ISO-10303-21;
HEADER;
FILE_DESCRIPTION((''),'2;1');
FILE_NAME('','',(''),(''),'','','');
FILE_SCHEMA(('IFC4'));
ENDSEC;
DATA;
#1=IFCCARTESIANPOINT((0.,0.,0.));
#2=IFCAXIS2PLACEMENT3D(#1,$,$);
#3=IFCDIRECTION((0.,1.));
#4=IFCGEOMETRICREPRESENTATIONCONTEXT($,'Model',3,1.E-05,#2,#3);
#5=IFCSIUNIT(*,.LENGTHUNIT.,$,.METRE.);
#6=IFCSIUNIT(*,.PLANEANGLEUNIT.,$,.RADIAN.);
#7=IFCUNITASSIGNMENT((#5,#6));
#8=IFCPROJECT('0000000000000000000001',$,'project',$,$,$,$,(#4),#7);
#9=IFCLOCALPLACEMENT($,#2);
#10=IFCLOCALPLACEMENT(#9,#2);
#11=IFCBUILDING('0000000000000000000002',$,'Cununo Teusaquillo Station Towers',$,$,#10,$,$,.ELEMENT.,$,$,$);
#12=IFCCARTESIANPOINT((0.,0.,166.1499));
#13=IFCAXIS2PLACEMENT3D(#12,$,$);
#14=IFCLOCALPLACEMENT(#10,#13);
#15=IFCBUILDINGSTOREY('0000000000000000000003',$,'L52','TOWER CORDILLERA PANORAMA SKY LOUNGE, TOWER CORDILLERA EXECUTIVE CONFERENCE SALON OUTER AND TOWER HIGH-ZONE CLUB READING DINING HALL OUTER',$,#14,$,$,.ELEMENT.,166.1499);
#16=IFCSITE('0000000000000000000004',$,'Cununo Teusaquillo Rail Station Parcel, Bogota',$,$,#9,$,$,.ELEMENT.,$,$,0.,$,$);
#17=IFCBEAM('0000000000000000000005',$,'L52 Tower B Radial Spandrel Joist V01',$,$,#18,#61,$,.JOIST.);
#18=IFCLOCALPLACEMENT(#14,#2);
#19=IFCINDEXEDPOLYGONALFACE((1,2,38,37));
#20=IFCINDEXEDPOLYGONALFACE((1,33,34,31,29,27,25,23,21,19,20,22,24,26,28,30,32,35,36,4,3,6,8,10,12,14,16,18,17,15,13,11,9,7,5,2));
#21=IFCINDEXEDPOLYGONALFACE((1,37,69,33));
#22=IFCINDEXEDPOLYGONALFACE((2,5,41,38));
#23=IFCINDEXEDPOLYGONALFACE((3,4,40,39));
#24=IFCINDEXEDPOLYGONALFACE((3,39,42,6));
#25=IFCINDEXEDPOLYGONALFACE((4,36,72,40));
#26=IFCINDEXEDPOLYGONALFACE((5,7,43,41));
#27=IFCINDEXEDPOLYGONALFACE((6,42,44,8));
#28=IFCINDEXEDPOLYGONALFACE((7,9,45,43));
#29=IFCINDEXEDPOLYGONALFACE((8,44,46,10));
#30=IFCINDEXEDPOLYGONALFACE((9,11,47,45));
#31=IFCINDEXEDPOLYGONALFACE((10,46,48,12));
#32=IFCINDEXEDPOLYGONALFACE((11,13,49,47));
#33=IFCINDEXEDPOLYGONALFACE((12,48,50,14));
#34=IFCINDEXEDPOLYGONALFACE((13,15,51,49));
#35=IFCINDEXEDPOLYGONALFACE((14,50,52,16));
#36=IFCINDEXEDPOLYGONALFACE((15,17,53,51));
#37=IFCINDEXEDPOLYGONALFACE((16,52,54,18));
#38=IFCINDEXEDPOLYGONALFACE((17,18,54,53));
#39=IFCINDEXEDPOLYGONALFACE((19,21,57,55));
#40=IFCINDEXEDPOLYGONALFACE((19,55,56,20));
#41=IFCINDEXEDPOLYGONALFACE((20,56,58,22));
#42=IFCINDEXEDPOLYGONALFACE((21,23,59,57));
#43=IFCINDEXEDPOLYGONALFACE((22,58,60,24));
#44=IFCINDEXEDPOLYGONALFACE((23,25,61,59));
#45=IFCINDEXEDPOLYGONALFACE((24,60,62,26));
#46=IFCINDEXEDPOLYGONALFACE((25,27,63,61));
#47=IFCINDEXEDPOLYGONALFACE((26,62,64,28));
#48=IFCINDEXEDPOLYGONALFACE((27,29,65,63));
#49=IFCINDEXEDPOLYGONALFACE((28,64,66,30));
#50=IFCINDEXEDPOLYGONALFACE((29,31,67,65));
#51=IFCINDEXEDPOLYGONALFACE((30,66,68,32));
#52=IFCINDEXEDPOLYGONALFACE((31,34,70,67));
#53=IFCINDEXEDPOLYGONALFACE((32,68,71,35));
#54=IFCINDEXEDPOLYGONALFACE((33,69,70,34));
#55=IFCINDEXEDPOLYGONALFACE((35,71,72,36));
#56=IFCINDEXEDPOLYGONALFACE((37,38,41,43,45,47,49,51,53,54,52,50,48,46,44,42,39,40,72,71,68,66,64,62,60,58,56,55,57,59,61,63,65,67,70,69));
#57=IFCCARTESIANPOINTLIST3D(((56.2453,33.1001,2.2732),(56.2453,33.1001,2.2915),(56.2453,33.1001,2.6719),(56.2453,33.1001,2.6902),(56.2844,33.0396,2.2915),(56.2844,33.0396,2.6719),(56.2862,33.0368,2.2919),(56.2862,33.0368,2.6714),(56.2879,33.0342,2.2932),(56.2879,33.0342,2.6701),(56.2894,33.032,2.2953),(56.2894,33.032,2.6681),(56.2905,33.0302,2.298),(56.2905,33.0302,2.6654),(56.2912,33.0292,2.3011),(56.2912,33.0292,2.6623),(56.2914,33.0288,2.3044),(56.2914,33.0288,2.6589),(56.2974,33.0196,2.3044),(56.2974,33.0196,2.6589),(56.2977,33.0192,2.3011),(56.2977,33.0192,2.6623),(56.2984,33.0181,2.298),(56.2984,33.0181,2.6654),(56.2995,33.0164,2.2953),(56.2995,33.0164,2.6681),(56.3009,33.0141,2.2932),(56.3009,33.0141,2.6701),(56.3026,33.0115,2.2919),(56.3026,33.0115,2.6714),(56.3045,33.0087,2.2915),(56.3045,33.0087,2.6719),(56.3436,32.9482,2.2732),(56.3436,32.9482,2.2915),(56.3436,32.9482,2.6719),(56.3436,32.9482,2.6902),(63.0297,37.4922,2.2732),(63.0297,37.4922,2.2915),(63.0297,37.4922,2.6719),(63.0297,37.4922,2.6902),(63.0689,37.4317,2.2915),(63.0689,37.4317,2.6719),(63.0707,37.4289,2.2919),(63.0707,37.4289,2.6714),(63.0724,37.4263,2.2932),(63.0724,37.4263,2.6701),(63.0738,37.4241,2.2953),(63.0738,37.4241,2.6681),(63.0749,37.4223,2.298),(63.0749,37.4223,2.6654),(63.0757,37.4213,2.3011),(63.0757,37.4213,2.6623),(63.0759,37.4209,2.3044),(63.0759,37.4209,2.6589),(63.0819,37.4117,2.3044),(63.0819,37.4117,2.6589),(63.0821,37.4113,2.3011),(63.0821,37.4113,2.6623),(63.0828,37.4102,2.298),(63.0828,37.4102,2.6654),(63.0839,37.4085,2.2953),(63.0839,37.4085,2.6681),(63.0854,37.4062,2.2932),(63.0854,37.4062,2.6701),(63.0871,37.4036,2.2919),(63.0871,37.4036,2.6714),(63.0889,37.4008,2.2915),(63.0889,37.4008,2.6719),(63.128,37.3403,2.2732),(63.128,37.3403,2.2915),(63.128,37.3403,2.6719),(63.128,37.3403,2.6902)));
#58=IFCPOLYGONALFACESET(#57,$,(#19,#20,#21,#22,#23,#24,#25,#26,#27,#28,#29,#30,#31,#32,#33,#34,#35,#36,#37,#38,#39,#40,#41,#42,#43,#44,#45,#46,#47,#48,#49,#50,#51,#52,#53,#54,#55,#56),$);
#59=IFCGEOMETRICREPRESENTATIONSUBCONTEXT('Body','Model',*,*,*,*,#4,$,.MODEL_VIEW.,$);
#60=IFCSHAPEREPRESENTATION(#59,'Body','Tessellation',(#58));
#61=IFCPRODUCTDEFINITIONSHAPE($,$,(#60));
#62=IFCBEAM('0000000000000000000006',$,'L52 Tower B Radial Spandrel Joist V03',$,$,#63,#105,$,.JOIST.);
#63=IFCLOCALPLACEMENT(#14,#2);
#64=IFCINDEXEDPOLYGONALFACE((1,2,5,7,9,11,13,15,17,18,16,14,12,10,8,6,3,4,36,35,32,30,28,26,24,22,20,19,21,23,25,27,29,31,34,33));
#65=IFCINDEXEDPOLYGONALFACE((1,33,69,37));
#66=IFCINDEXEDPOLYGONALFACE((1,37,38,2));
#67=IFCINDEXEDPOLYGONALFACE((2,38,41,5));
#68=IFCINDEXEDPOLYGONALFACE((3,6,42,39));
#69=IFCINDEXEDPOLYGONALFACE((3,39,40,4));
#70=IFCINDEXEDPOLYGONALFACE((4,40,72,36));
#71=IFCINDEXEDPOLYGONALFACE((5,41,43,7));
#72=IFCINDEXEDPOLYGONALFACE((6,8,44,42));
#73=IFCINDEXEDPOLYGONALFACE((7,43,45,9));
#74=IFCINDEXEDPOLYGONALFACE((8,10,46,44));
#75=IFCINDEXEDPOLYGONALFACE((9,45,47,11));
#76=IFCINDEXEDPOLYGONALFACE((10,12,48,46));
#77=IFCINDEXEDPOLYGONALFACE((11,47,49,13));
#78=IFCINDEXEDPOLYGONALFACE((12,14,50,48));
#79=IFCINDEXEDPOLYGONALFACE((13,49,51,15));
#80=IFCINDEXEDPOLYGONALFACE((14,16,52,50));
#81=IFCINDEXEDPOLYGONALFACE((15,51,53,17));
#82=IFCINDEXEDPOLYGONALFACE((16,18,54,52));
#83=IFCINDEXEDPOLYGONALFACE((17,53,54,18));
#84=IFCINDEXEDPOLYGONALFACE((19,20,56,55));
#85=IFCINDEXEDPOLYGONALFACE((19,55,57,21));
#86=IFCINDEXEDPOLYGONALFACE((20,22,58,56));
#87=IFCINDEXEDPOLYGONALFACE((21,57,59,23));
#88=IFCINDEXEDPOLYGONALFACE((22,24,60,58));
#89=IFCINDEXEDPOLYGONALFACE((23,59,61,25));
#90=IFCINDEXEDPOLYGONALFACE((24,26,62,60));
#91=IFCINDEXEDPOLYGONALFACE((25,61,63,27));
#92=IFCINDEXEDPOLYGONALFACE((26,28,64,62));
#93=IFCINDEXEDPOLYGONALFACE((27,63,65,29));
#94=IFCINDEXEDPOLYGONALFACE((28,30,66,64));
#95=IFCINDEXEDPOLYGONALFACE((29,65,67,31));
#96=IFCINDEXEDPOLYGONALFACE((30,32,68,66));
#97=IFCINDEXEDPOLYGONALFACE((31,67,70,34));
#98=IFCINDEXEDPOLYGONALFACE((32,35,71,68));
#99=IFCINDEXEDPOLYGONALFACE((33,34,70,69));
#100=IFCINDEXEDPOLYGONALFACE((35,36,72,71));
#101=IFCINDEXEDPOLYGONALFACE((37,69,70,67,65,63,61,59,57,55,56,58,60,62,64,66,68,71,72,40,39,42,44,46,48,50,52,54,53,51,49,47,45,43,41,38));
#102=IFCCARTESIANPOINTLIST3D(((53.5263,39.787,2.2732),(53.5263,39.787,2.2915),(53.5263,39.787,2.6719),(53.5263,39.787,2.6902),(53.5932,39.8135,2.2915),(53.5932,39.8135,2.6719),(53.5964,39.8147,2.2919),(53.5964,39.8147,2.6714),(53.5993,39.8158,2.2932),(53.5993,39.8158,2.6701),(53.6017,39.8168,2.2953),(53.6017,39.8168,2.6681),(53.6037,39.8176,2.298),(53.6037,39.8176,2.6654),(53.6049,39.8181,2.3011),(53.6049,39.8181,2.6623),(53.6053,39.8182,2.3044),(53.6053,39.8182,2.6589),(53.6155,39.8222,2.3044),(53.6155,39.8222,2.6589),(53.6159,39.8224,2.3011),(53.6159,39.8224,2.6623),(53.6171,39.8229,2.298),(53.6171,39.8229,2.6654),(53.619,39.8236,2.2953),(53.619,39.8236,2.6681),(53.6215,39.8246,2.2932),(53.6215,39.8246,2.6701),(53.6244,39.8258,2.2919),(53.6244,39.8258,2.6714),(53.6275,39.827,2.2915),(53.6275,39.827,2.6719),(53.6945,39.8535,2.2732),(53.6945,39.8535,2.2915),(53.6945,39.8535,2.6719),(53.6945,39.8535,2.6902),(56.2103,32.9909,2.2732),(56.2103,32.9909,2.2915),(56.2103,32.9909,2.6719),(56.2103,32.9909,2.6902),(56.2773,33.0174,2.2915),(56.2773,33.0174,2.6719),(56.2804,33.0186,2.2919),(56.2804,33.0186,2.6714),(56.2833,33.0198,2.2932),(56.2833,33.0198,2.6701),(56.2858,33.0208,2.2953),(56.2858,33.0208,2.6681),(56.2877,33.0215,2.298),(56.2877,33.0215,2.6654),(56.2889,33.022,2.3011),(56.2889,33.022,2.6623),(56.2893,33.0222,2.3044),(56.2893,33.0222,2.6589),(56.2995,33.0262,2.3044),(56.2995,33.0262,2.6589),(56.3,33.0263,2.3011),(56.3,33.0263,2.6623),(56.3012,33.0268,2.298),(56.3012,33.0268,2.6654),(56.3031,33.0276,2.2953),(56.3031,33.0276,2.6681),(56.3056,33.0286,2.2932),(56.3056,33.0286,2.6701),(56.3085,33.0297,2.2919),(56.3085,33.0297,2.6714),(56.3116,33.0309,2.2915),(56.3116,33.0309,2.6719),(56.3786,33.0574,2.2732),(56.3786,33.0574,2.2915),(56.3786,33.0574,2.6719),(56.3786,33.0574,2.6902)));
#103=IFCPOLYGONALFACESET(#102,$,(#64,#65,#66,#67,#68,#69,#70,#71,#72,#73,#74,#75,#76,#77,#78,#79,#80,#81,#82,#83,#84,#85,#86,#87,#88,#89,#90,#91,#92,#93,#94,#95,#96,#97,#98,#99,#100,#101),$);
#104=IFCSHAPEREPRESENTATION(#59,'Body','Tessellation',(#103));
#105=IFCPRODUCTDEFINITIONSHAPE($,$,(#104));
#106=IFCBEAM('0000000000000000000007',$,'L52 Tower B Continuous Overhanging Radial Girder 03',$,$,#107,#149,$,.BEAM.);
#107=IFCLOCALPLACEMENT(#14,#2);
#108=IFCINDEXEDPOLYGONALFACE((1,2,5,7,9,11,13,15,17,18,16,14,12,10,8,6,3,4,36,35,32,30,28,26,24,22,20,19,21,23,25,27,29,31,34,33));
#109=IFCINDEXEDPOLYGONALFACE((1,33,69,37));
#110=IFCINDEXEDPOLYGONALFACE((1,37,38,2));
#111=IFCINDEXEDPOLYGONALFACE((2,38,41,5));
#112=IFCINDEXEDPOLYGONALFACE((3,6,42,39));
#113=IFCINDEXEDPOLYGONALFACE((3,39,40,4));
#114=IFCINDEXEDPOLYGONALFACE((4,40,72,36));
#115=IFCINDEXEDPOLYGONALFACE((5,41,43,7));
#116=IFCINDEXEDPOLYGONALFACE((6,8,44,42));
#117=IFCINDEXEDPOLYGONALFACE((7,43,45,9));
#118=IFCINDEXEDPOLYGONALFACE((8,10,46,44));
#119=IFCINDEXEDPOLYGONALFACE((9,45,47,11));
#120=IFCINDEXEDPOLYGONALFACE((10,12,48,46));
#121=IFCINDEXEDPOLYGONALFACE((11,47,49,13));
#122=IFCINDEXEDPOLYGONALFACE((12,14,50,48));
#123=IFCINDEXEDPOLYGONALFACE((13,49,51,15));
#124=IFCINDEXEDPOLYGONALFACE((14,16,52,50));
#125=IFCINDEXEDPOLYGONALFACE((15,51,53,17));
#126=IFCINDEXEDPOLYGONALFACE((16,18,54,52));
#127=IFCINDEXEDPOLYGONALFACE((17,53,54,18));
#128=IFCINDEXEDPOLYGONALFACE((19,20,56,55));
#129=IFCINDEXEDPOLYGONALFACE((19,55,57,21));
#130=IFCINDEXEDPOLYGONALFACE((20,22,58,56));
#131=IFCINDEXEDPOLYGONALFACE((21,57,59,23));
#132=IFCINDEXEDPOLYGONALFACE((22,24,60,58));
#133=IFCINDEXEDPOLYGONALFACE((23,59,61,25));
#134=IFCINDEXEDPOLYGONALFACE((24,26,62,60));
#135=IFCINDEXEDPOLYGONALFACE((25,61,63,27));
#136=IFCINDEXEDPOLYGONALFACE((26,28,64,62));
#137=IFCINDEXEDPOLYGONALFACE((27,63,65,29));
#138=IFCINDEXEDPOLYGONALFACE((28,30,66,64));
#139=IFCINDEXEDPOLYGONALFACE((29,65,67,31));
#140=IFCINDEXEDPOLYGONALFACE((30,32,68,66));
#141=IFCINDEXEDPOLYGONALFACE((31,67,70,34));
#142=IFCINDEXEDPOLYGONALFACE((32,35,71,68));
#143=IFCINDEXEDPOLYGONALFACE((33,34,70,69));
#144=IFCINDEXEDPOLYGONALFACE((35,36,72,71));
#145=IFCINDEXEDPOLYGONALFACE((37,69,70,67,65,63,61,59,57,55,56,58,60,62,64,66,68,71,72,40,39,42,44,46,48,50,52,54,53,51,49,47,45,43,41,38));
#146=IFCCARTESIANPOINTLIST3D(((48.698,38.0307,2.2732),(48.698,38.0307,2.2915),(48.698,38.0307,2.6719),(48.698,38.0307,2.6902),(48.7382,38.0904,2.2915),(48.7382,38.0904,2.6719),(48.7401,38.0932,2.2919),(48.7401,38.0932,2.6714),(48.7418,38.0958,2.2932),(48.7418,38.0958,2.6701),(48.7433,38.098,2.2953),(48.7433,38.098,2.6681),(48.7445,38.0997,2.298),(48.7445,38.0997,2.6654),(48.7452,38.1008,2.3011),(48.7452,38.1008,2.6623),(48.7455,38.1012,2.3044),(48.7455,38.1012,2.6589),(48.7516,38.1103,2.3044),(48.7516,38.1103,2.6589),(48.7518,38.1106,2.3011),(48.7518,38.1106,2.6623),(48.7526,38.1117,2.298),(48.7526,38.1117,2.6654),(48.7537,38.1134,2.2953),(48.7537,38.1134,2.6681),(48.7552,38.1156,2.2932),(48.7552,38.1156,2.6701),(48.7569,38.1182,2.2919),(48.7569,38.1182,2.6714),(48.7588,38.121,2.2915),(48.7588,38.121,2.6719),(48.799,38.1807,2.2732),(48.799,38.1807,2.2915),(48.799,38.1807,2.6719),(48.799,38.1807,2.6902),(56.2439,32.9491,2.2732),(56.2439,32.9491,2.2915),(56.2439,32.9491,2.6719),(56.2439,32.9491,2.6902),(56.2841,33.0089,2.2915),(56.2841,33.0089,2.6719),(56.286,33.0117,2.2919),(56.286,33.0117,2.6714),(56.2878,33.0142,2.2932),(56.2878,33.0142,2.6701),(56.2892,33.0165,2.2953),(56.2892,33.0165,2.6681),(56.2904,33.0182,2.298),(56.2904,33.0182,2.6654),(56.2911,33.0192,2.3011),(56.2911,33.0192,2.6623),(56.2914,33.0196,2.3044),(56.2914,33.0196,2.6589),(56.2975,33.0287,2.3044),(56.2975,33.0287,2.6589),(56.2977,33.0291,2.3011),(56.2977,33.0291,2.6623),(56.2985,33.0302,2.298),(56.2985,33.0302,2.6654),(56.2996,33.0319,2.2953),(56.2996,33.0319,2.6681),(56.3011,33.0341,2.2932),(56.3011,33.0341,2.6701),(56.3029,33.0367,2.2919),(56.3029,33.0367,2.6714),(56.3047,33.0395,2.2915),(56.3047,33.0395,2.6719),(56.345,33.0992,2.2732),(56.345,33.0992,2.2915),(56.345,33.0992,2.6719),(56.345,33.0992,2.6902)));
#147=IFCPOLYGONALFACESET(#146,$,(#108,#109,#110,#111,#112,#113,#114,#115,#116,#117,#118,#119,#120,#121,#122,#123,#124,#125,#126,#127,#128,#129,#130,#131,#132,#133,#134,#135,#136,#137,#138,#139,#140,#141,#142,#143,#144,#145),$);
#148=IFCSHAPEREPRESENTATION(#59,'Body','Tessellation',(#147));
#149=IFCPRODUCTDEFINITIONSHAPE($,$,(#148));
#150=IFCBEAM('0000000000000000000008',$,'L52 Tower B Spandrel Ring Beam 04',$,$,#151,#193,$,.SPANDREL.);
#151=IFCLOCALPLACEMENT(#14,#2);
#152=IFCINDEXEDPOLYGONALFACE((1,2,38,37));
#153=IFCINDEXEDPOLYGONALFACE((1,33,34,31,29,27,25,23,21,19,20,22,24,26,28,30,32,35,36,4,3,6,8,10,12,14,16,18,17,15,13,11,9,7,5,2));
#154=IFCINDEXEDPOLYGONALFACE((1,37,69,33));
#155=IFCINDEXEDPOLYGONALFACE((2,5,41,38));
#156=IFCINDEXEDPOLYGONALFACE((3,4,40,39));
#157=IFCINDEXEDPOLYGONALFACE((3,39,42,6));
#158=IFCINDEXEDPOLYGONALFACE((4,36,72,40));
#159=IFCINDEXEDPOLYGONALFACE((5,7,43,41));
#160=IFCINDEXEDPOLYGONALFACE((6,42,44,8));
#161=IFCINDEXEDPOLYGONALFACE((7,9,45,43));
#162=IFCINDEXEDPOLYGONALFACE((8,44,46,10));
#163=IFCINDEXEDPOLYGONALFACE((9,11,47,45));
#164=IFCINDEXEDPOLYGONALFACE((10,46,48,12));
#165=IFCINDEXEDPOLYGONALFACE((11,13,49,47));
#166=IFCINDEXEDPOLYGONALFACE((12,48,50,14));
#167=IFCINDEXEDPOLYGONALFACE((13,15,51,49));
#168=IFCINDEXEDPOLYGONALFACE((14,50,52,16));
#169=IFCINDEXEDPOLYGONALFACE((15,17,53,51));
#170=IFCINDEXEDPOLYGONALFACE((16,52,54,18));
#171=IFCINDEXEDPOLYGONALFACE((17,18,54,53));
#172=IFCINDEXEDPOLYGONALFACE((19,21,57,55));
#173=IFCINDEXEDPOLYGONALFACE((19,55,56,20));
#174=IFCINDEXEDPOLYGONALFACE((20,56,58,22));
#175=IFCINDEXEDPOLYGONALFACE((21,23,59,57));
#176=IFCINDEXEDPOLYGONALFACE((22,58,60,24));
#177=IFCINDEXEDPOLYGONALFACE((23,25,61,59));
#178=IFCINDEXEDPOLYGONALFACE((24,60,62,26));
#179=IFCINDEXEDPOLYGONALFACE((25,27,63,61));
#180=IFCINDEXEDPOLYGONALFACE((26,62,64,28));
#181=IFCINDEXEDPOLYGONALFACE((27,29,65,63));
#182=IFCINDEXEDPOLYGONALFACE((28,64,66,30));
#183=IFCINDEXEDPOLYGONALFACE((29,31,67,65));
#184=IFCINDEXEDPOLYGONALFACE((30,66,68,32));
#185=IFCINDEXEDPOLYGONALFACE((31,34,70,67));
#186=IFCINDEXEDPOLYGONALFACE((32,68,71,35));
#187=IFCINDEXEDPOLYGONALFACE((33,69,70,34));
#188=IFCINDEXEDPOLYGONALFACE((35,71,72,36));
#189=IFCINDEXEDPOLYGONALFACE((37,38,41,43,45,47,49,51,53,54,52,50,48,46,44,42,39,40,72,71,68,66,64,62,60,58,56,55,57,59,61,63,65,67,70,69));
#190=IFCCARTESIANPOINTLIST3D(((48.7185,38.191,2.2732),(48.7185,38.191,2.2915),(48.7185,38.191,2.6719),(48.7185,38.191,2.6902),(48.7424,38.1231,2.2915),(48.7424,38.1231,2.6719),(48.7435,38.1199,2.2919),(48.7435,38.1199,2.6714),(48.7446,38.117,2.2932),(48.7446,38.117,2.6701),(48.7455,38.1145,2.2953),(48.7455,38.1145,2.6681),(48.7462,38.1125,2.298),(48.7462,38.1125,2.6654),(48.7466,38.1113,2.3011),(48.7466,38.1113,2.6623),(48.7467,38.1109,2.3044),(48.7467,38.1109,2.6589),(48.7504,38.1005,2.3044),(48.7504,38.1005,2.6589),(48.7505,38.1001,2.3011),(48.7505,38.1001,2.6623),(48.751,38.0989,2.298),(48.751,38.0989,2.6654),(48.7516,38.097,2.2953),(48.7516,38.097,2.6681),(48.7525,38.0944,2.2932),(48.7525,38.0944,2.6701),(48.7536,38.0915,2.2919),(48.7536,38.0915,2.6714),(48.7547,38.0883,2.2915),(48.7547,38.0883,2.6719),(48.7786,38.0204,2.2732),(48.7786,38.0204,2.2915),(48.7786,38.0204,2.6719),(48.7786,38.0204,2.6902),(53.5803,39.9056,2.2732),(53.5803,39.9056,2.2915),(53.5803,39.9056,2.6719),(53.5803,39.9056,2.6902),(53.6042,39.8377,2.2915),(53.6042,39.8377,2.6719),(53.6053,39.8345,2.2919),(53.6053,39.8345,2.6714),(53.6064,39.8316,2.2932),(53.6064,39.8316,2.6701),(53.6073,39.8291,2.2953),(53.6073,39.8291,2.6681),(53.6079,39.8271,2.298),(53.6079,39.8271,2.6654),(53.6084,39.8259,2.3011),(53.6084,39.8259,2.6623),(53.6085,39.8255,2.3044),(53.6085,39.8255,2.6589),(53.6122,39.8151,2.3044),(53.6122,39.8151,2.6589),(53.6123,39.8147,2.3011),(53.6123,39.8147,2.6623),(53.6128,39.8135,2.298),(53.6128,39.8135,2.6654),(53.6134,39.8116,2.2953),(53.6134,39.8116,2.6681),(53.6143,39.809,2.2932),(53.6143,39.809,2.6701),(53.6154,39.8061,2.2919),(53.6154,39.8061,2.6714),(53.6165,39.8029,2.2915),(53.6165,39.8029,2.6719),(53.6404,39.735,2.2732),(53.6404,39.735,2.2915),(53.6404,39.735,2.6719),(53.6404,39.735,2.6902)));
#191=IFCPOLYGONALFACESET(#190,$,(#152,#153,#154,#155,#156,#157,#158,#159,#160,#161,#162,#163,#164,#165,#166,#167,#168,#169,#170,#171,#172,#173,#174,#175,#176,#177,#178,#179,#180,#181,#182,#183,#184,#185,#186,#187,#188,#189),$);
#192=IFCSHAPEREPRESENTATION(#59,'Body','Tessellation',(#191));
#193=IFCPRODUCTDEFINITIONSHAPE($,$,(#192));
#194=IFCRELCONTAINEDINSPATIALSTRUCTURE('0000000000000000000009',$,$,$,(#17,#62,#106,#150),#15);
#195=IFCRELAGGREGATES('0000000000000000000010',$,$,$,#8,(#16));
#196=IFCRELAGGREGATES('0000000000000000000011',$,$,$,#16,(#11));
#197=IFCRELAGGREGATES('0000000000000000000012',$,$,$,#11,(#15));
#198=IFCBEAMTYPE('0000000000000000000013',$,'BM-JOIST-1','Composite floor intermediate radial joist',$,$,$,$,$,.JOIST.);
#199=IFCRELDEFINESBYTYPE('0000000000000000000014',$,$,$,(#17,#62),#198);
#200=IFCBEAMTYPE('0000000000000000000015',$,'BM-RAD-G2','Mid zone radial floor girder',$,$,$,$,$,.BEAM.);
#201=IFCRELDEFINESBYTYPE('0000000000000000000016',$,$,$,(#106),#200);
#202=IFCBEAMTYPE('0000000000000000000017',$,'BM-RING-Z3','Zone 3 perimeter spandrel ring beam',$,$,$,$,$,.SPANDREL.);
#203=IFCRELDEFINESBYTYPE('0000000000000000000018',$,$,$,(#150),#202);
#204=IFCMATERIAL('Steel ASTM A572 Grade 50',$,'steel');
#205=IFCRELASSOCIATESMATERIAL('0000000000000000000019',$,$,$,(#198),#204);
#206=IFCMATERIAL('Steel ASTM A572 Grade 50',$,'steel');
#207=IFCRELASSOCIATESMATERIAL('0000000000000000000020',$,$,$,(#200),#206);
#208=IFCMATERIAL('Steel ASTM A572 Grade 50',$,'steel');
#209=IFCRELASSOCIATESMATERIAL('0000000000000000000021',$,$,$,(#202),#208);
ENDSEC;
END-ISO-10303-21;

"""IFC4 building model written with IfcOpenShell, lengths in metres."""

from ifc_helpers import new_model, si_unit, direction, frame, origin, origin_2d, place, context, subcontext, project, spatial, i_section, extrude, material, material_profile, profile_set, type_object, element, save


model = new_model("IFC4")

# Units and contexts
model_context = context("Model", 3, precision=1e-05, world=origin(), true_north=direction((0.0, 1.0)))
body_context = subcontext(model_context, "Body", "Model", "MODEL_VIEW")
ifc_project = project(units=[si_unit("LENGTHUNIT", "METRE"), si_unit("PLANEANGLEUNIT", "RADIAN")], contexts=[model_context])

# Site, building, storey
site_placement = place(None, origin())
site = spatial("IfcSite", under=ifc_project, at=site_placement, Name="Cununo Teusaquillo Rail Station Parcel, Bogota", CompositionType="ELEMENT", RefElevation=0.0)
building_placement = place(site_placement, origin())
building = spatial("IfcBuilding", under=site, at=building_placement, Name="Cununo Teusaquillo Station Towers", CompositionType="ELEMENT")
storey_placement = place(building_placement, frame((0.0, 0.0, 166.1499)))
storey = spatial("IfcBuildingStorey", under=building, at=storey_placement, Name="L52", Description="TOWER CORDILLERA PANORAMA SKY LOUNGE, TOWER CORDILLERA EXECUTIVE CONFERENCE SALON OUTER AND TOWER HIGH-ZONE CLUB READING DINING HALL OUTER", CompositionType="ELEMENT", Elevation=166.1499)

# Beams
ifc_material_1 = material(Name="Steel ASTM A572 Grade 50", Category="steel")
ifc_material_profile_1 = material_profile(ifc_material_1, i_section(OverallWidth=0.1809, OverallDepth=0.417, WebThickness=0.011, FlangeThickness=0.0183, FilletRadius=0.0129, at=origin_2d()), Name="W16X57")
ifc_profile_set_1 = profile_set([ifc_material_profile_1], Name="Steel ASTM A572 Grade 50")
beam_type_1 = type_object("IfcBeamType", Name="BM-JOIST-1", Description="Composite floor intermediate radial joist", PredefinedType="JOIST", material=ifc_profile_set_1)
beam_1_placement = place(storey_placement, frame((56.2944, 33.0242, 2.4817), z_axis=(0.839448, 0.54344, 0.0), x_axis=(-0.54344, 0.839448, 0.0)))
element("IfcBeam", 1, at=beam_1_placement, inside=storey, type_object=beam_type_1, Name="L52 Tower B Radial Spandrel Joist V01", PredefinedType="JOIST", context=body_context, shape_type="SweptSolid", body=[
    extrude(i_section(OverallWidth=0.1809, OverallDepth=0.417, WebThickness=0.011, FlangeThickness=0.0183, FilletRadius=0.0129, at=origin_2d()), origin(), (0.0, 0.0, 1.0), 8.082),
])
beam_2_placement = place(storey_placement, frame((56.2944, 33.0242, 2.4817), z_axis=(-0.367332, 0.93009, 0.0), x_axis=(-0.93009, -0.367332, 0.0)))
element("IfcBeam", 2, at=beam_2_placement, inside=storey, type_object=beam_type_1, Name="L52 Tower B Radial Spandrel Joist V03", PredefinedType="JOIST", context=body_context, shape_type="SweptSolid", body=[
    extrude(i_section(OverallWidth=0.1809, OverallDepth=0.417, WebThickness=0.011, FlangeThickness=0.0183, FilletRadius=0.0129, at=origin_2d()), origin(), (0.0, 0.0, 1.0), 7.3069),
])
ifc_material_2 = material(Name="Steel ASTM A572 Grade 50", Category="steel")
ifc_material_profile_2 = material_profile(ifc_material_2, i_section(OverallWidth=0.1809, OverallDepth=0.417, WebThickness=0.011, FlangeThickness=0.0183, FilletRadius=0.0129, at=origin_2d()), Name="W16X57")
ifc_profile_set_2 = profile_set([ifc_material_profile_2], Name="Steel ASTM A572 Grade 50")
beam_type_2 = type_object("IfcBeamType", Name="BM-RAD-G2", Description="Mid zone radial floor girder", PredefinedType="BEAM", material=ifc_profile_set_2)
beam_3_placement = place(storey_placement, frame((56.2944, 33.0242, 2.4817), z_axis=(-0.829457, 0.558571, 0.0), x_axis=(-0.558571, -0.829457, 0.0)))
element("IfcBeam", 3, at=beam_3_placement, inside=storey, type_object=beam_type_2, Name="L52 Tower B Continuous Overhanging Radial Girder 03", PredefinedType="BEAM", context=body_context, shape_type="SweptSolid", body=[
    extrude(i_section(OverallWidth=0.1809, OverallDepth=0.417, WebThickness=0.011, FlangeThickness=0.0183, FilletRadius=0.0129, at=origin_2d()), origin(), (0.0, 0.0, 1.0), 9.0974),
])
ifc_material_3 = material(Name="Steel ASTM A572 Grade 50", Category="steel")
ifc_material_profile_3 = material_profile(ifc_material_3, i_section(OverallWidth=0.1809, OverallDepth=0.417, WebThickness=0.011, FlangeThickness=0.0183, FilletRadius=0.0129, at=origin_2d()), Name="W16X57")
ifc_profile_set_3 = profile_set([ifc_material_profile_3], Name="Steel ASTM A572 Grade 50")
beam_type_3 = type_object("IfcBeamType", Name="BM-RING-Z3", Description="Zone 3 perimeter spandrel ring beam", PredefinedType="SPANDREL", material=ifc_profile_set_3)
beam_4_placement = place(storey_placement, frame((53.6104, 39.8203, 2.4817), z_axis=(-0.943072, -0.33259, 0.0), x_axis=(0.33259, -0.943072, 0.0)))
element("IfcBeam", 4, at=beam_4_placement, inside=storey, type_object=beam_type_3, Name="L52 Tower B Spandrel Ring Beam 04", PredefinedType="SPANDREL", context=body_context, shape_type="SweptSolid", body=[
    extrude(i_section(OverallWidth=0.1809, OverallDepth=0.417, WebThickness=0.011, FlangeThickness=0.0183, FilletRadius=0.0129, at=origin_2d()), origin(), (0.0, 0.0, 1.0), 5.1553),
])

save(model, "model.ifc")
